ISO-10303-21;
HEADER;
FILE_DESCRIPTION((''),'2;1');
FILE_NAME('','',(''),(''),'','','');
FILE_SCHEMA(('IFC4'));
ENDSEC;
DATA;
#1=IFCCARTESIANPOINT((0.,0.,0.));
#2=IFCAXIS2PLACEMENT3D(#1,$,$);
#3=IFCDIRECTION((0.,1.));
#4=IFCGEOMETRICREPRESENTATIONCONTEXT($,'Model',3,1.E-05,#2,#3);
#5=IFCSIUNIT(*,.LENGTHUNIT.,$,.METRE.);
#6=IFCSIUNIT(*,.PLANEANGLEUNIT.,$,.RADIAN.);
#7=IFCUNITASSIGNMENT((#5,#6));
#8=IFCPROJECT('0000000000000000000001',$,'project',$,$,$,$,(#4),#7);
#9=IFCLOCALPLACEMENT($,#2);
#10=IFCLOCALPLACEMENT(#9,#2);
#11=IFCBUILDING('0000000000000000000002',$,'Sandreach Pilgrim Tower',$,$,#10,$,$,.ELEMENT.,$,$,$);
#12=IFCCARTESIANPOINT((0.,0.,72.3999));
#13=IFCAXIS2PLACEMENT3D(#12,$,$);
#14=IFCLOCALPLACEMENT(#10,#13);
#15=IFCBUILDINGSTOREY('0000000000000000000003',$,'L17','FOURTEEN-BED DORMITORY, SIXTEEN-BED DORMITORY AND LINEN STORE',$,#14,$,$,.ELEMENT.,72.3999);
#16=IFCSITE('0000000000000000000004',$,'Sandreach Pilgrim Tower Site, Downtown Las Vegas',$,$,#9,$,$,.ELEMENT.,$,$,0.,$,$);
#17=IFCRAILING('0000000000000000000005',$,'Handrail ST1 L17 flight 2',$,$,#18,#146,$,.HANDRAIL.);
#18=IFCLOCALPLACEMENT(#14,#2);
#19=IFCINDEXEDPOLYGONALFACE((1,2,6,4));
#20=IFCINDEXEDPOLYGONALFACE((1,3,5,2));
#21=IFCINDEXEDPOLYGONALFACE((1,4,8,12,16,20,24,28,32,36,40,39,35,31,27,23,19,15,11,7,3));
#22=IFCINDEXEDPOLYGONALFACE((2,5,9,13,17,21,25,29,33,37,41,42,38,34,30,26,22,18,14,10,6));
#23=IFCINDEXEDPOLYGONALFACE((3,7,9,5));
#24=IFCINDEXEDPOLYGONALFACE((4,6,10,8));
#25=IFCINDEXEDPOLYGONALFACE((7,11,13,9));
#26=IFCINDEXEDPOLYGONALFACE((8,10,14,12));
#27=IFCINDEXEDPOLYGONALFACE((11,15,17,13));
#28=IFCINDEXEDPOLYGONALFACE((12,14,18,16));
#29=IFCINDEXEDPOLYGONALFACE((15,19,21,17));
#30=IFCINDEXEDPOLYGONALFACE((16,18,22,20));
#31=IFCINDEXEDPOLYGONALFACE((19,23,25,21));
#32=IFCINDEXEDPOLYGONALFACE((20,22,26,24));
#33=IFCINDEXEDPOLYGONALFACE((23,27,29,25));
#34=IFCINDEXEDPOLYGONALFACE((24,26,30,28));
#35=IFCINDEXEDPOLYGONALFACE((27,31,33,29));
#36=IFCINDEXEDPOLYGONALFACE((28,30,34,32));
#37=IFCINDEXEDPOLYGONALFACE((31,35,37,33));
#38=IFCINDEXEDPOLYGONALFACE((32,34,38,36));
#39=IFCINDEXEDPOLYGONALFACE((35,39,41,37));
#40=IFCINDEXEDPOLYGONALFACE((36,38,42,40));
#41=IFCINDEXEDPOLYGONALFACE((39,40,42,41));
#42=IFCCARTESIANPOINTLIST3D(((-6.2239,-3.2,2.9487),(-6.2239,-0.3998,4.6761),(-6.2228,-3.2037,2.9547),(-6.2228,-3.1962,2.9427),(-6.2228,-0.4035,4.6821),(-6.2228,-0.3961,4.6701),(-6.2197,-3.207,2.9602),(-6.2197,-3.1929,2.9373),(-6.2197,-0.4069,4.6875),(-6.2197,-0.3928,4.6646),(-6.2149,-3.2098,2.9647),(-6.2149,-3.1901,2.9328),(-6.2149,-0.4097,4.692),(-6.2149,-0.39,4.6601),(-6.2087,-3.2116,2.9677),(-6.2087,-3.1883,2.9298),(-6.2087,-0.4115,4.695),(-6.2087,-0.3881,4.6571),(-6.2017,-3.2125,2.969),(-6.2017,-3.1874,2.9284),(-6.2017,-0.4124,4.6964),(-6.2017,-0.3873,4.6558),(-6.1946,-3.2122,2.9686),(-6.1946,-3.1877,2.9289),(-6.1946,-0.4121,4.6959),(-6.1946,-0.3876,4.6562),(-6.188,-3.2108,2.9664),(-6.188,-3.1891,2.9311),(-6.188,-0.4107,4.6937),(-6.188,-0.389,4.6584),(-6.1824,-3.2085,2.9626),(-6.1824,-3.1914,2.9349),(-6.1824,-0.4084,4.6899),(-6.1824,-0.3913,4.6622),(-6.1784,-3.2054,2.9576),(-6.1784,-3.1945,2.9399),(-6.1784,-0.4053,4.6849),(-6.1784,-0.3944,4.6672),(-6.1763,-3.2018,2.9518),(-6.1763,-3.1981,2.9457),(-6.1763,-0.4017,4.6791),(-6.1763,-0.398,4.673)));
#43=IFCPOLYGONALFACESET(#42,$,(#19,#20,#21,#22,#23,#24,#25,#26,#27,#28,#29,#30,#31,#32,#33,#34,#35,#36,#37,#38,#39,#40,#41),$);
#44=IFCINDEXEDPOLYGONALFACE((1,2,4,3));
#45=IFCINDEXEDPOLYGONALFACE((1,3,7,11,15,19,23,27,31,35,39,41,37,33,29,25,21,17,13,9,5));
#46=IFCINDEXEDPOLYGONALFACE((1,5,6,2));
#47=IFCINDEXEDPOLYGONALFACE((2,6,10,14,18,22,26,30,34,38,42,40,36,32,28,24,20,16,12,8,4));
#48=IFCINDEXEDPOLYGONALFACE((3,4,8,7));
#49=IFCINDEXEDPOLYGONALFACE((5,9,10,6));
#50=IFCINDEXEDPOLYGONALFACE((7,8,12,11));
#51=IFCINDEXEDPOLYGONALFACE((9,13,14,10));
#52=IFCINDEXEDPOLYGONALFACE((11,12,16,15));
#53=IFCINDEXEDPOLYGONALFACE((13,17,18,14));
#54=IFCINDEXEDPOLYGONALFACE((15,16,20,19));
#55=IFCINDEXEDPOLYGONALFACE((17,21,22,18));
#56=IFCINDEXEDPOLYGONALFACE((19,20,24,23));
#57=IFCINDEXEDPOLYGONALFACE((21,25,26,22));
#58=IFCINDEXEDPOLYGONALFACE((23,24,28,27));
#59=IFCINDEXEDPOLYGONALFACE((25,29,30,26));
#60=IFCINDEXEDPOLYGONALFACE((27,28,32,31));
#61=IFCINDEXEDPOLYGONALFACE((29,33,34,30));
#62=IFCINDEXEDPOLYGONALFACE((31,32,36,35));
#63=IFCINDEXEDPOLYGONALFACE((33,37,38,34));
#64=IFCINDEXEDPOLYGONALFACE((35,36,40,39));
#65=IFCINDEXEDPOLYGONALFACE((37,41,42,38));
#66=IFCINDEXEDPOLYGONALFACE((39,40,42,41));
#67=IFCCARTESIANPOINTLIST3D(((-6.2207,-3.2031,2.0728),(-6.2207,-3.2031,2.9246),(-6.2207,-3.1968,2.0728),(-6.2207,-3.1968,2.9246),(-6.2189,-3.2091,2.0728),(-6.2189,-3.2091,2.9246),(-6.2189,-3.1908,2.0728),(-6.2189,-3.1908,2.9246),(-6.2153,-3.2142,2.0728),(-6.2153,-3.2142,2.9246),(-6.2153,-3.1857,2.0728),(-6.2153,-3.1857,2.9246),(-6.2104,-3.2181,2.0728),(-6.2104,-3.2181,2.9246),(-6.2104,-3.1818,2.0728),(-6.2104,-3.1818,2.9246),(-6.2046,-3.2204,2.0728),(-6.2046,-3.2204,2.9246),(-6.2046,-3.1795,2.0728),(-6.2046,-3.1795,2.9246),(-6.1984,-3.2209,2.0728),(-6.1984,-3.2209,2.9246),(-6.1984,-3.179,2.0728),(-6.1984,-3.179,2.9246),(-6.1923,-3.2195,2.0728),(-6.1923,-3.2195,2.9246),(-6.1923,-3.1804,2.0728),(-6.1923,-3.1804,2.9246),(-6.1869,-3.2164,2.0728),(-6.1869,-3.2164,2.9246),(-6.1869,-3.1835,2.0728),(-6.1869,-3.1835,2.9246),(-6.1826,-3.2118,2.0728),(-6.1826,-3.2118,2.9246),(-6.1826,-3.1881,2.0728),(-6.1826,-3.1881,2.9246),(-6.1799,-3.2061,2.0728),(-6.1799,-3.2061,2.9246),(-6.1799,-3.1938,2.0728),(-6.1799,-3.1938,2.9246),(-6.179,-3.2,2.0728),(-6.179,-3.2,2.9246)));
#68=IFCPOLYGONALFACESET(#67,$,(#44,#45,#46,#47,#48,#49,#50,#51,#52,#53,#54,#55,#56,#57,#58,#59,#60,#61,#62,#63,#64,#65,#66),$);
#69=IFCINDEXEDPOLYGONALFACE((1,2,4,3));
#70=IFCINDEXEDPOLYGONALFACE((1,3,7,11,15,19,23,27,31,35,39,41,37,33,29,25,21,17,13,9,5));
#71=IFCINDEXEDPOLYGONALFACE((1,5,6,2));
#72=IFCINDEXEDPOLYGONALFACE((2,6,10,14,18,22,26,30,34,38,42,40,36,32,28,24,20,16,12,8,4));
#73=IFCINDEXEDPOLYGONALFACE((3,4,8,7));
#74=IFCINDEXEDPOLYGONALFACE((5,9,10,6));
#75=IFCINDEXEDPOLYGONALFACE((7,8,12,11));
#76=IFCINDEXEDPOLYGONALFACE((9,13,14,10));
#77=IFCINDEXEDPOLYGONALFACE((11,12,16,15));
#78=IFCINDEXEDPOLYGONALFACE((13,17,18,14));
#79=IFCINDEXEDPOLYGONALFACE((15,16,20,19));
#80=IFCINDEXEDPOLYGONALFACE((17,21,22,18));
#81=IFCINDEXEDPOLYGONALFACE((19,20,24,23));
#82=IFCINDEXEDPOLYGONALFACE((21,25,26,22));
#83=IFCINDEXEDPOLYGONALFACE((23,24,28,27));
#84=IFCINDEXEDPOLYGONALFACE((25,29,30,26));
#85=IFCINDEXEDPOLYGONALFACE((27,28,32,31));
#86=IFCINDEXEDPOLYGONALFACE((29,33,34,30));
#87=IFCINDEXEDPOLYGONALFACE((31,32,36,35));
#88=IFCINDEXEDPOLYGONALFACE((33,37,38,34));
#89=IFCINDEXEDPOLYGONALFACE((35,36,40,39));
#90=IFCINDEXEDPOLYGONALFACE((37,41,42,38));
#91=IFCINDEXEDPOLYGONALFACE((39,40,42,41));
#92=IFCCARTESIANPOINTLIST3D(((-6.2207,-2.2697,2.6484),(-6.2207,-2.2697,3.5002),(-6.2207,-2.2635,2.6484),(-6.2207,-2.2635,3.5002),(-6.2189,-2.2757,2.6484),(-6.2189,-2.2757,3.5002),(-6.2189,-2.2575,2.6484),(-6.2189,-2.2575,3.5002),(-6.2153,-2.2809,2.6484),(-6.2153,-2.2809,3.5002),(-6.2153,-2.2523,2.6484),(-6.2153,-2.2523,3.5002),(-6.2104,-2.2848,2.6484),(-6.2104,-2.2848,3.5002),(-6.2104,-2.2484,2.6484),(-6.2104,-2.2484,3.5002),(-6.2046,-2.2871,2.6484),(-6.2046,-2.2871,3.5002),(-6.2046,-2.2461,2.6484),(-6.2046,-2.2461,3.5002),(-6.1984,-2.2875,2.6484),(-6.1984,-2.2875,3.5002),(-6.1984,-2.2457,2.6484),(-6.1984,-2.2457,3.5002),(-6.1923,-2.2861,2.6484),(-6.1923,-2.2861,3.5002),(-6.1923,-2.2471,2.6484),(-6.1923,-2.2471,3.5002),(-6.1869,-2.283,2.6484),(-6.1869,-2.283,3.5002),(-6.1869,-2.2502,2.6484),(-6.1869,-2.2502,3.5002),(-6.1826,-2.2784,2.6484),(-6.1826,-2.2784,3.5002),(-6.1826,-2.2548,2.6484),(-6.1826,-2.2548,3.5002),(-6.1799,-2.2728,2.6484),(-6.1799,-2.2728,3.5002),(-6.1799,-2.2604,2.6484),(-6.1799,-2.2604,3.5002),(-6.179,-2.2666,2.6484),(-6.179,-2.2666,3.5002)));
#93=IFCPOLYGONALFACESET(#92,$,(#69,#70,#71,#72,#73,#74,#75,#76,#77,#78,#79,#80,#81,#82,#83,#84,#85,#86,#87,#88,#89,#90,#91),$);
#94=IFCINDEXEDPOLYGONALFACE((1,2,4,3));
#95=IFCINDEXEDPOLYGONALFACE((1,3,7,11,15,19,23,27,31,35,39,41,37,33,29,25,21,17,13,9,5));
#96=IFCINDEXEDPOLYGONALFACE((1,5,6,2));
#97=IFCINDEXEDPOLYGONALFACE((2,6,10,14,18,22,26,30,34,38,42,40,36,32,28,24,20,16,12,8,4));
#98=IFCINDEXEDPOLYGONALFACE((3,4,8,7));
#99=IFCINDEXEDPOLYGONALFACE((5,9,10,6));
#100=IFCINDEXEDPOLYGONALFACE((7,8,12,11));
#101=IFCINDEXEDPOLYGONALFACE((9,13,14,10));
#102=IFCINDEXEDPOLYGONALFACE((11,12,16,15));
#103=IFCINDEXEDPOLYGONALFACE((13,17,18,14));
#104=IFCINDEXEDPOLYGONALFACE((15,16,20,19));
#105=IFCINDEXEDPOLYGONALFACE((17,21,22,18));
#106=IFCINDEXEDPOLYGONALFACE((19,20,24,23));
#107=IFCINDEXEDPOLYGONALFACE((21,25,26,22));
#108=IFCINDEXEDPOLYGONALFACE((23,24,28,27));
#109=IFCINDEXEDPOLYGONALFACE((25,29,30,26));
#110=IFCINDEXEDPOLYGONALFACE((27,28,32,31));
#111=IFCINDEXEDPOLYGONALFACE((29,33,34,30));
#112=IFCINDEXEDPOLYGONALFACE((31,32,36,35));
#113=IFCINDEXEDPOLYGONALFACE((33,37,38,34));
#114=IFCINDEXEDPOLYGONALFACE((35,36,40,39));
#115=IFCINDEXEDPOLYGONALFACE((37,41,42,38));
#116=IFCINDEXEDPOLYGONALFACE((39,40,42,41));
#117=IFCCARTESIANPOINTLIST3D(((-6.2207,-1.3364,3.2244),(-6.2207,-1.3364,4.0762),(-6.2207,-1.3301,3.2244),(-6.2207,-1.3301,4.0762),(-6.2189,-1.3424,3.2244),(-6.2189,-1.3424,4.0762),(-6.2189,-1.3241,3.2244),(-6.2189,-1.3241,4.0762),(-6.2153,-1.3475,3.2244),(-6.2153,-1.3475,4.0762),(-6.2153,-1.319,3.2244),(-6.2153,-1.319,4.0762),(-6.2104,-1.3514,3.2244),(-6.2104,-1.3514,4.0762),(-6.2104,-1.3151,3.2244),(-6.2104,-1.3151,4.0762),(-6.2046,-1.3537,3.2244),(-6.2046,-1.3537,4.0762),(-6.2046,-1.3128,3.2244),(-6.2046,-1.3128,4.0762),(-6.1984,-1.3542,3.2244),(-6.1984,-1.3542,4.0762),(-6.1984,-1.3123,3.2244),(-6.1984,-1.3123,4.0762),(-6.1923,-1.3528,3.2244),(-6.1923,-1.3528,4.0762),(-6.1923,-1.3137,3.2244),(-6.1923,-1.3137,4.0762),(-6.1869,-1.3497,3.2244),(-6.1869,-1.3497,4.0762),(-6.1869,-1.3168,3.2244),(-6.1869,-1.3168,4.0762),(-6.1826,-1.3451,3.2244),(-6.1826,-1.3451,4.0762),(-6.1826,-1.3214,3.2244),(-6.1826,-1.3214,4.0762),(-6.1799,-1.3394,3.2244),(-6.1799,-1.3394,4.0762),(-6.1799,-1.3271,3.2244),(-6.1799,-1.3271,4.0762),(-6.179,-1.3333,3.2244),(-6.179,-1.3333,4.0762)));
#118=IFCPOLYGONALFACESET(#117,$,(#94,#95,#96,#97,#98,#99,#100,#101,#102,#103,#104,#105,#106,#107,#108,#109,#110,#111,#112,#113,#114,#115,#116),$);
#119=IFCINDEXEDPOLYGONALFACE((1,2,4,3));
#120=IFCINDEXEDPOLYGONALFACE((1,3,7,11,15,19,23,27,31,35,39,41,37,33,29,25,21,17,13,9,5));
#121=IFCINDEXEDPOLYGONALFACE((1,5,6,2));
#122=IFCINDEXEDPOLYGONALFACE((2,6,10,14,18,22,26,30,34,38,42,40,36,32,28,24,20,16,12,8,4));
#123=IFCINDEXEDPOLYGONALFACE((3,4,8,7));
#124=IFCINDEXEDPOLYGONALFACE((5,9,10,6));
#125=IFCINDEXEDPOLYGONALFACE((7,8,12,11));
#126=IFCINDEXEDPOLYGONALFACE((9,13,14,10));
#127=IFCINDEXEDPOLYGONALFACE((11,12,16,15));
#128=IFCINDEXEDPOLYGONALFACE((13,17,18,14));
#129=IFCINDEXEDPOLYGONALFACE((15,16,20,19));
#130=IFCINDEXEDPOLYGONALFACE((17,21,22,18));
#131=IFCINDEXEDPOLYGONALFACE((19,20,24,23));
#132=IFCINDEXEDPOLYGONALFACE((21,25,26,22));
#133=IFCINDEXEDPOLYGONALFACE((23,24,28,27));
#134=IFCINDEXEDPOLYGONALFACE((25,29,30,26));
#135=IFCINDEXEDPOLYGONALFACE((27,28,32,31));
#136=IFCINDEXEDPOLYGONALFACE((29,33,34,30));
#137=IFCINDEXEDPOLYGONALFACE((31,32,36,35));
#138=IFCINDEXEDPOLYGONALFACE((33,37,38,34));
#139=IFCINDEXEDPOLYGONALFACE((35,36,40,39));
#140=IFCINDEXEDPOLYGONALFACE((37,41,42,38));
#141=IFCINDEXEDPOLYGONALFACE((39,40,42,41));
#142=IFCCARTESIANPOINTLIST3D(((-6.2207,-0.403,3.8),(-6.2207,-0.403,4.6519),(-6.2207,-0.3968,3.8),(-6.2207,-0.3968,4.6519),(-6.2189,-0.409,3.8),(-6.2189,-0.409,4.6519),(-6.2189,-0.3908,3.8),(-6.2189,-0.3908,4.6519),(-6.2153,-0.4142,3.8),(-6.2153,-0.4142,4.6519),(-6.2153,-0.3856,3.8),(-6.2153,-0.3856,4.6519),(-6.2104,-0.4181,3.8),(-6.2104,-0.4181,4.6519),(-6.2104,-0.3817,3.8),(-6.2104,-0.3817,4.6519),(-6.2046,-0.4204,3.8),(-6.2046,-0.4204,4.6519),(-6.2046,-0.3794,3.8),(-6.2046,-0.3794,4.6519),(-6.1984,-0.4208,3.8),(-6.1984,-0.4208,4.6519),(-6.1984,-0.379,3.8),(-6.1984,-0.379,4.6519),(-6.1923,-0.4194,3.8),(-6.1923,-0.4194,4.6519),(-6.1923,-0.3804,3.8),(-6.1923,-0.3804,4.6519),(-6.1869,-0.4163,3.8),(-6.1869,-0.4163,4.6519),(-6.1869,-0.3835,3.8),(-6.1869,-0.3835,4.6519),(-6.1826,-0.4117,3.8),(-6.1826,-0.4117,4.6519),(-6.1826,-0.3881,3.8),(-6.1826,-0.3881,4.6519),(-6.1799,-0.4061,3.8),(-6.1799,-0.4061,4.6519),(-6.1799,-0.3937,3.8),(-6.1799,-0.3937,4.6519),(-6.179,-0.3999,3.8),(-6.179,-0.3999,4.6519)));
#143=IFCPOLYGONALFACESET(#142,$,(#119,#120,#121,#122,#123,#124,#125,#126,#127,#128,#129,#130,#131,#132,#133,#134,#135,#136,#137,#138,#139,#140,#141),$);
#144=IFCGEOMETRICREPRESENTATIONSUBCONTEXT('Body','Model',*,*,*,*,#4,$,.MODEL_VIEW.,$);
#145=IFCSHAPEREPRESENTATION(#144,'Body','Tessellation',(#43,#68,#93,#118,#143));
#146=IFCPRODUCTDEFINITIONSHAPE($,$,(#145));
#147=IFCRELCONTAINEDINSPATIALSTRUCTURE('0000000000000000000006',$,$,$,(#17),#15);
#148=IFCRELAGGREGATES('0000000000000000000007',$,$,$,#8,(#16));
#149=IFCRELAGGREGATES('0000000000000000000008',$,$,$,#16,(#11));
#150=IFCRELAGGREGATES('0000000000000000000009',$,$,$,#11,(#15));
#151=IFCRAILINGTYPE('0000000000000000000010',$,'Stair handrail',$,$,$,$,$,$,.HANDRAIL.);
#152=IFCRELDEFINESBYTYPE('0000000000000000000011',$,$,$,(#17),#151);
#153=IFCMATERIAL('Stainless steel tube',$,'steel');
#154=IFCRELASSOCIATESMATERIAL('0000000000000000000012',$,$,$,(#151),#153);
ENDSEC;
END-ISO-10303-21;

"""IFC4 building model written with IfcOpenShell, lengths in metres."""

from ifc_helpers import new_model, si_unit, direction, frame, origin, origin_2d, place, context, subcontext, project, spatial, circle, extrude, material, type_object, element, save


model = new_model("IFC4")

# Units and contexts
model_context = context("Model", 3, precision=1e-05, world=origin(), true_north=direction((0.0, 1.0)))
body_context = subcontext(model_context, "Body", "Model", "MODEL_VIEW")
ifc_project = project(units=[si_unit("LENGTHUNIT", "METRE"), si_unit("PLANEANGLEUNIT", "RADIAN")], contexts=[model_context])

# Site, building, storey
site_placement = place(None, origin())
site = spatial("IfcSite", under=ifc_project, at=site_placement, Name="Sandreach Pilgrim Tower Site, Downtown Las Vegas", CompositionType="ELEMENT", RefElevation=0.0)
building_placement = place(site_placement, origin())
building = spatial("IfcBuilding", under=site, at=building_placement, Name="Sandreach Pilgrim Tower", CompositionType="ELEMENT")
storey_placement = place(building_placement, frame((0.0, 0.0, 72.3999)))
storey = spatial("IfcBuildingStorey", under=building, at=storey_placement, Name="L17", Description="FOURTEEN-BED DORMITORY, SIXTEEN-BED DORMITORY AND LINEN STORE", CompositionType="ELEMENT", Elevation=72.3999)

# Railing
ifc_material_1 = material(Name="Stainless steel tube", Category="steel")
railing_type = type_object("IfcRailingType", Name="Stair handrail", PredefinedType="HANDRAIL", material=ifc_material_1)
for number, where, name in (
    (1, (-6.2, -3.2, 2.0728), "Handrail ST1 L17 flight 2"),
):
    element("IfcRailing", number, at=place(storey_placement, frame(where)), inside=storey, type_object=railing_type, Name=name, PredefinedType="HANDRAIL", context=body_context, shape_type="SweptSolid", body=[
        extrude(circle(Radius=0.0239, at=origin_2d()), frame((0.0, 0.0, 0.876), z_axis=(0.0, 0.85109, 0.52502), x_axis=(-1.0, 0.0, 0.0)), (0.0, 0.0, 1.0), 3.29),
        extrude(circle(Radius=0.021, at=origin_2d()), origin(), (0.0, 0.0, 1.0), 0.8518),
        extrude(circle(Radius=0.021, at=origin_2d()), frame((0.0, 0.9333, 0.5757)), (0.0, 0.0, 1.0), 0.8518),
        extrude(circle(Radius=0.021, at=origin_2d()), frame((0.0, 1.8667, 1.1516)), (0.0, 0.0, 1.0), 0.8518),
        extrude(circle(Radius=0.021, at=origin_2d()), frame((0.0, 2.8, 1.7273)), (0.0, 0.0, 1.0), 0.8518),
    ])

save(model, "model.ifc")
